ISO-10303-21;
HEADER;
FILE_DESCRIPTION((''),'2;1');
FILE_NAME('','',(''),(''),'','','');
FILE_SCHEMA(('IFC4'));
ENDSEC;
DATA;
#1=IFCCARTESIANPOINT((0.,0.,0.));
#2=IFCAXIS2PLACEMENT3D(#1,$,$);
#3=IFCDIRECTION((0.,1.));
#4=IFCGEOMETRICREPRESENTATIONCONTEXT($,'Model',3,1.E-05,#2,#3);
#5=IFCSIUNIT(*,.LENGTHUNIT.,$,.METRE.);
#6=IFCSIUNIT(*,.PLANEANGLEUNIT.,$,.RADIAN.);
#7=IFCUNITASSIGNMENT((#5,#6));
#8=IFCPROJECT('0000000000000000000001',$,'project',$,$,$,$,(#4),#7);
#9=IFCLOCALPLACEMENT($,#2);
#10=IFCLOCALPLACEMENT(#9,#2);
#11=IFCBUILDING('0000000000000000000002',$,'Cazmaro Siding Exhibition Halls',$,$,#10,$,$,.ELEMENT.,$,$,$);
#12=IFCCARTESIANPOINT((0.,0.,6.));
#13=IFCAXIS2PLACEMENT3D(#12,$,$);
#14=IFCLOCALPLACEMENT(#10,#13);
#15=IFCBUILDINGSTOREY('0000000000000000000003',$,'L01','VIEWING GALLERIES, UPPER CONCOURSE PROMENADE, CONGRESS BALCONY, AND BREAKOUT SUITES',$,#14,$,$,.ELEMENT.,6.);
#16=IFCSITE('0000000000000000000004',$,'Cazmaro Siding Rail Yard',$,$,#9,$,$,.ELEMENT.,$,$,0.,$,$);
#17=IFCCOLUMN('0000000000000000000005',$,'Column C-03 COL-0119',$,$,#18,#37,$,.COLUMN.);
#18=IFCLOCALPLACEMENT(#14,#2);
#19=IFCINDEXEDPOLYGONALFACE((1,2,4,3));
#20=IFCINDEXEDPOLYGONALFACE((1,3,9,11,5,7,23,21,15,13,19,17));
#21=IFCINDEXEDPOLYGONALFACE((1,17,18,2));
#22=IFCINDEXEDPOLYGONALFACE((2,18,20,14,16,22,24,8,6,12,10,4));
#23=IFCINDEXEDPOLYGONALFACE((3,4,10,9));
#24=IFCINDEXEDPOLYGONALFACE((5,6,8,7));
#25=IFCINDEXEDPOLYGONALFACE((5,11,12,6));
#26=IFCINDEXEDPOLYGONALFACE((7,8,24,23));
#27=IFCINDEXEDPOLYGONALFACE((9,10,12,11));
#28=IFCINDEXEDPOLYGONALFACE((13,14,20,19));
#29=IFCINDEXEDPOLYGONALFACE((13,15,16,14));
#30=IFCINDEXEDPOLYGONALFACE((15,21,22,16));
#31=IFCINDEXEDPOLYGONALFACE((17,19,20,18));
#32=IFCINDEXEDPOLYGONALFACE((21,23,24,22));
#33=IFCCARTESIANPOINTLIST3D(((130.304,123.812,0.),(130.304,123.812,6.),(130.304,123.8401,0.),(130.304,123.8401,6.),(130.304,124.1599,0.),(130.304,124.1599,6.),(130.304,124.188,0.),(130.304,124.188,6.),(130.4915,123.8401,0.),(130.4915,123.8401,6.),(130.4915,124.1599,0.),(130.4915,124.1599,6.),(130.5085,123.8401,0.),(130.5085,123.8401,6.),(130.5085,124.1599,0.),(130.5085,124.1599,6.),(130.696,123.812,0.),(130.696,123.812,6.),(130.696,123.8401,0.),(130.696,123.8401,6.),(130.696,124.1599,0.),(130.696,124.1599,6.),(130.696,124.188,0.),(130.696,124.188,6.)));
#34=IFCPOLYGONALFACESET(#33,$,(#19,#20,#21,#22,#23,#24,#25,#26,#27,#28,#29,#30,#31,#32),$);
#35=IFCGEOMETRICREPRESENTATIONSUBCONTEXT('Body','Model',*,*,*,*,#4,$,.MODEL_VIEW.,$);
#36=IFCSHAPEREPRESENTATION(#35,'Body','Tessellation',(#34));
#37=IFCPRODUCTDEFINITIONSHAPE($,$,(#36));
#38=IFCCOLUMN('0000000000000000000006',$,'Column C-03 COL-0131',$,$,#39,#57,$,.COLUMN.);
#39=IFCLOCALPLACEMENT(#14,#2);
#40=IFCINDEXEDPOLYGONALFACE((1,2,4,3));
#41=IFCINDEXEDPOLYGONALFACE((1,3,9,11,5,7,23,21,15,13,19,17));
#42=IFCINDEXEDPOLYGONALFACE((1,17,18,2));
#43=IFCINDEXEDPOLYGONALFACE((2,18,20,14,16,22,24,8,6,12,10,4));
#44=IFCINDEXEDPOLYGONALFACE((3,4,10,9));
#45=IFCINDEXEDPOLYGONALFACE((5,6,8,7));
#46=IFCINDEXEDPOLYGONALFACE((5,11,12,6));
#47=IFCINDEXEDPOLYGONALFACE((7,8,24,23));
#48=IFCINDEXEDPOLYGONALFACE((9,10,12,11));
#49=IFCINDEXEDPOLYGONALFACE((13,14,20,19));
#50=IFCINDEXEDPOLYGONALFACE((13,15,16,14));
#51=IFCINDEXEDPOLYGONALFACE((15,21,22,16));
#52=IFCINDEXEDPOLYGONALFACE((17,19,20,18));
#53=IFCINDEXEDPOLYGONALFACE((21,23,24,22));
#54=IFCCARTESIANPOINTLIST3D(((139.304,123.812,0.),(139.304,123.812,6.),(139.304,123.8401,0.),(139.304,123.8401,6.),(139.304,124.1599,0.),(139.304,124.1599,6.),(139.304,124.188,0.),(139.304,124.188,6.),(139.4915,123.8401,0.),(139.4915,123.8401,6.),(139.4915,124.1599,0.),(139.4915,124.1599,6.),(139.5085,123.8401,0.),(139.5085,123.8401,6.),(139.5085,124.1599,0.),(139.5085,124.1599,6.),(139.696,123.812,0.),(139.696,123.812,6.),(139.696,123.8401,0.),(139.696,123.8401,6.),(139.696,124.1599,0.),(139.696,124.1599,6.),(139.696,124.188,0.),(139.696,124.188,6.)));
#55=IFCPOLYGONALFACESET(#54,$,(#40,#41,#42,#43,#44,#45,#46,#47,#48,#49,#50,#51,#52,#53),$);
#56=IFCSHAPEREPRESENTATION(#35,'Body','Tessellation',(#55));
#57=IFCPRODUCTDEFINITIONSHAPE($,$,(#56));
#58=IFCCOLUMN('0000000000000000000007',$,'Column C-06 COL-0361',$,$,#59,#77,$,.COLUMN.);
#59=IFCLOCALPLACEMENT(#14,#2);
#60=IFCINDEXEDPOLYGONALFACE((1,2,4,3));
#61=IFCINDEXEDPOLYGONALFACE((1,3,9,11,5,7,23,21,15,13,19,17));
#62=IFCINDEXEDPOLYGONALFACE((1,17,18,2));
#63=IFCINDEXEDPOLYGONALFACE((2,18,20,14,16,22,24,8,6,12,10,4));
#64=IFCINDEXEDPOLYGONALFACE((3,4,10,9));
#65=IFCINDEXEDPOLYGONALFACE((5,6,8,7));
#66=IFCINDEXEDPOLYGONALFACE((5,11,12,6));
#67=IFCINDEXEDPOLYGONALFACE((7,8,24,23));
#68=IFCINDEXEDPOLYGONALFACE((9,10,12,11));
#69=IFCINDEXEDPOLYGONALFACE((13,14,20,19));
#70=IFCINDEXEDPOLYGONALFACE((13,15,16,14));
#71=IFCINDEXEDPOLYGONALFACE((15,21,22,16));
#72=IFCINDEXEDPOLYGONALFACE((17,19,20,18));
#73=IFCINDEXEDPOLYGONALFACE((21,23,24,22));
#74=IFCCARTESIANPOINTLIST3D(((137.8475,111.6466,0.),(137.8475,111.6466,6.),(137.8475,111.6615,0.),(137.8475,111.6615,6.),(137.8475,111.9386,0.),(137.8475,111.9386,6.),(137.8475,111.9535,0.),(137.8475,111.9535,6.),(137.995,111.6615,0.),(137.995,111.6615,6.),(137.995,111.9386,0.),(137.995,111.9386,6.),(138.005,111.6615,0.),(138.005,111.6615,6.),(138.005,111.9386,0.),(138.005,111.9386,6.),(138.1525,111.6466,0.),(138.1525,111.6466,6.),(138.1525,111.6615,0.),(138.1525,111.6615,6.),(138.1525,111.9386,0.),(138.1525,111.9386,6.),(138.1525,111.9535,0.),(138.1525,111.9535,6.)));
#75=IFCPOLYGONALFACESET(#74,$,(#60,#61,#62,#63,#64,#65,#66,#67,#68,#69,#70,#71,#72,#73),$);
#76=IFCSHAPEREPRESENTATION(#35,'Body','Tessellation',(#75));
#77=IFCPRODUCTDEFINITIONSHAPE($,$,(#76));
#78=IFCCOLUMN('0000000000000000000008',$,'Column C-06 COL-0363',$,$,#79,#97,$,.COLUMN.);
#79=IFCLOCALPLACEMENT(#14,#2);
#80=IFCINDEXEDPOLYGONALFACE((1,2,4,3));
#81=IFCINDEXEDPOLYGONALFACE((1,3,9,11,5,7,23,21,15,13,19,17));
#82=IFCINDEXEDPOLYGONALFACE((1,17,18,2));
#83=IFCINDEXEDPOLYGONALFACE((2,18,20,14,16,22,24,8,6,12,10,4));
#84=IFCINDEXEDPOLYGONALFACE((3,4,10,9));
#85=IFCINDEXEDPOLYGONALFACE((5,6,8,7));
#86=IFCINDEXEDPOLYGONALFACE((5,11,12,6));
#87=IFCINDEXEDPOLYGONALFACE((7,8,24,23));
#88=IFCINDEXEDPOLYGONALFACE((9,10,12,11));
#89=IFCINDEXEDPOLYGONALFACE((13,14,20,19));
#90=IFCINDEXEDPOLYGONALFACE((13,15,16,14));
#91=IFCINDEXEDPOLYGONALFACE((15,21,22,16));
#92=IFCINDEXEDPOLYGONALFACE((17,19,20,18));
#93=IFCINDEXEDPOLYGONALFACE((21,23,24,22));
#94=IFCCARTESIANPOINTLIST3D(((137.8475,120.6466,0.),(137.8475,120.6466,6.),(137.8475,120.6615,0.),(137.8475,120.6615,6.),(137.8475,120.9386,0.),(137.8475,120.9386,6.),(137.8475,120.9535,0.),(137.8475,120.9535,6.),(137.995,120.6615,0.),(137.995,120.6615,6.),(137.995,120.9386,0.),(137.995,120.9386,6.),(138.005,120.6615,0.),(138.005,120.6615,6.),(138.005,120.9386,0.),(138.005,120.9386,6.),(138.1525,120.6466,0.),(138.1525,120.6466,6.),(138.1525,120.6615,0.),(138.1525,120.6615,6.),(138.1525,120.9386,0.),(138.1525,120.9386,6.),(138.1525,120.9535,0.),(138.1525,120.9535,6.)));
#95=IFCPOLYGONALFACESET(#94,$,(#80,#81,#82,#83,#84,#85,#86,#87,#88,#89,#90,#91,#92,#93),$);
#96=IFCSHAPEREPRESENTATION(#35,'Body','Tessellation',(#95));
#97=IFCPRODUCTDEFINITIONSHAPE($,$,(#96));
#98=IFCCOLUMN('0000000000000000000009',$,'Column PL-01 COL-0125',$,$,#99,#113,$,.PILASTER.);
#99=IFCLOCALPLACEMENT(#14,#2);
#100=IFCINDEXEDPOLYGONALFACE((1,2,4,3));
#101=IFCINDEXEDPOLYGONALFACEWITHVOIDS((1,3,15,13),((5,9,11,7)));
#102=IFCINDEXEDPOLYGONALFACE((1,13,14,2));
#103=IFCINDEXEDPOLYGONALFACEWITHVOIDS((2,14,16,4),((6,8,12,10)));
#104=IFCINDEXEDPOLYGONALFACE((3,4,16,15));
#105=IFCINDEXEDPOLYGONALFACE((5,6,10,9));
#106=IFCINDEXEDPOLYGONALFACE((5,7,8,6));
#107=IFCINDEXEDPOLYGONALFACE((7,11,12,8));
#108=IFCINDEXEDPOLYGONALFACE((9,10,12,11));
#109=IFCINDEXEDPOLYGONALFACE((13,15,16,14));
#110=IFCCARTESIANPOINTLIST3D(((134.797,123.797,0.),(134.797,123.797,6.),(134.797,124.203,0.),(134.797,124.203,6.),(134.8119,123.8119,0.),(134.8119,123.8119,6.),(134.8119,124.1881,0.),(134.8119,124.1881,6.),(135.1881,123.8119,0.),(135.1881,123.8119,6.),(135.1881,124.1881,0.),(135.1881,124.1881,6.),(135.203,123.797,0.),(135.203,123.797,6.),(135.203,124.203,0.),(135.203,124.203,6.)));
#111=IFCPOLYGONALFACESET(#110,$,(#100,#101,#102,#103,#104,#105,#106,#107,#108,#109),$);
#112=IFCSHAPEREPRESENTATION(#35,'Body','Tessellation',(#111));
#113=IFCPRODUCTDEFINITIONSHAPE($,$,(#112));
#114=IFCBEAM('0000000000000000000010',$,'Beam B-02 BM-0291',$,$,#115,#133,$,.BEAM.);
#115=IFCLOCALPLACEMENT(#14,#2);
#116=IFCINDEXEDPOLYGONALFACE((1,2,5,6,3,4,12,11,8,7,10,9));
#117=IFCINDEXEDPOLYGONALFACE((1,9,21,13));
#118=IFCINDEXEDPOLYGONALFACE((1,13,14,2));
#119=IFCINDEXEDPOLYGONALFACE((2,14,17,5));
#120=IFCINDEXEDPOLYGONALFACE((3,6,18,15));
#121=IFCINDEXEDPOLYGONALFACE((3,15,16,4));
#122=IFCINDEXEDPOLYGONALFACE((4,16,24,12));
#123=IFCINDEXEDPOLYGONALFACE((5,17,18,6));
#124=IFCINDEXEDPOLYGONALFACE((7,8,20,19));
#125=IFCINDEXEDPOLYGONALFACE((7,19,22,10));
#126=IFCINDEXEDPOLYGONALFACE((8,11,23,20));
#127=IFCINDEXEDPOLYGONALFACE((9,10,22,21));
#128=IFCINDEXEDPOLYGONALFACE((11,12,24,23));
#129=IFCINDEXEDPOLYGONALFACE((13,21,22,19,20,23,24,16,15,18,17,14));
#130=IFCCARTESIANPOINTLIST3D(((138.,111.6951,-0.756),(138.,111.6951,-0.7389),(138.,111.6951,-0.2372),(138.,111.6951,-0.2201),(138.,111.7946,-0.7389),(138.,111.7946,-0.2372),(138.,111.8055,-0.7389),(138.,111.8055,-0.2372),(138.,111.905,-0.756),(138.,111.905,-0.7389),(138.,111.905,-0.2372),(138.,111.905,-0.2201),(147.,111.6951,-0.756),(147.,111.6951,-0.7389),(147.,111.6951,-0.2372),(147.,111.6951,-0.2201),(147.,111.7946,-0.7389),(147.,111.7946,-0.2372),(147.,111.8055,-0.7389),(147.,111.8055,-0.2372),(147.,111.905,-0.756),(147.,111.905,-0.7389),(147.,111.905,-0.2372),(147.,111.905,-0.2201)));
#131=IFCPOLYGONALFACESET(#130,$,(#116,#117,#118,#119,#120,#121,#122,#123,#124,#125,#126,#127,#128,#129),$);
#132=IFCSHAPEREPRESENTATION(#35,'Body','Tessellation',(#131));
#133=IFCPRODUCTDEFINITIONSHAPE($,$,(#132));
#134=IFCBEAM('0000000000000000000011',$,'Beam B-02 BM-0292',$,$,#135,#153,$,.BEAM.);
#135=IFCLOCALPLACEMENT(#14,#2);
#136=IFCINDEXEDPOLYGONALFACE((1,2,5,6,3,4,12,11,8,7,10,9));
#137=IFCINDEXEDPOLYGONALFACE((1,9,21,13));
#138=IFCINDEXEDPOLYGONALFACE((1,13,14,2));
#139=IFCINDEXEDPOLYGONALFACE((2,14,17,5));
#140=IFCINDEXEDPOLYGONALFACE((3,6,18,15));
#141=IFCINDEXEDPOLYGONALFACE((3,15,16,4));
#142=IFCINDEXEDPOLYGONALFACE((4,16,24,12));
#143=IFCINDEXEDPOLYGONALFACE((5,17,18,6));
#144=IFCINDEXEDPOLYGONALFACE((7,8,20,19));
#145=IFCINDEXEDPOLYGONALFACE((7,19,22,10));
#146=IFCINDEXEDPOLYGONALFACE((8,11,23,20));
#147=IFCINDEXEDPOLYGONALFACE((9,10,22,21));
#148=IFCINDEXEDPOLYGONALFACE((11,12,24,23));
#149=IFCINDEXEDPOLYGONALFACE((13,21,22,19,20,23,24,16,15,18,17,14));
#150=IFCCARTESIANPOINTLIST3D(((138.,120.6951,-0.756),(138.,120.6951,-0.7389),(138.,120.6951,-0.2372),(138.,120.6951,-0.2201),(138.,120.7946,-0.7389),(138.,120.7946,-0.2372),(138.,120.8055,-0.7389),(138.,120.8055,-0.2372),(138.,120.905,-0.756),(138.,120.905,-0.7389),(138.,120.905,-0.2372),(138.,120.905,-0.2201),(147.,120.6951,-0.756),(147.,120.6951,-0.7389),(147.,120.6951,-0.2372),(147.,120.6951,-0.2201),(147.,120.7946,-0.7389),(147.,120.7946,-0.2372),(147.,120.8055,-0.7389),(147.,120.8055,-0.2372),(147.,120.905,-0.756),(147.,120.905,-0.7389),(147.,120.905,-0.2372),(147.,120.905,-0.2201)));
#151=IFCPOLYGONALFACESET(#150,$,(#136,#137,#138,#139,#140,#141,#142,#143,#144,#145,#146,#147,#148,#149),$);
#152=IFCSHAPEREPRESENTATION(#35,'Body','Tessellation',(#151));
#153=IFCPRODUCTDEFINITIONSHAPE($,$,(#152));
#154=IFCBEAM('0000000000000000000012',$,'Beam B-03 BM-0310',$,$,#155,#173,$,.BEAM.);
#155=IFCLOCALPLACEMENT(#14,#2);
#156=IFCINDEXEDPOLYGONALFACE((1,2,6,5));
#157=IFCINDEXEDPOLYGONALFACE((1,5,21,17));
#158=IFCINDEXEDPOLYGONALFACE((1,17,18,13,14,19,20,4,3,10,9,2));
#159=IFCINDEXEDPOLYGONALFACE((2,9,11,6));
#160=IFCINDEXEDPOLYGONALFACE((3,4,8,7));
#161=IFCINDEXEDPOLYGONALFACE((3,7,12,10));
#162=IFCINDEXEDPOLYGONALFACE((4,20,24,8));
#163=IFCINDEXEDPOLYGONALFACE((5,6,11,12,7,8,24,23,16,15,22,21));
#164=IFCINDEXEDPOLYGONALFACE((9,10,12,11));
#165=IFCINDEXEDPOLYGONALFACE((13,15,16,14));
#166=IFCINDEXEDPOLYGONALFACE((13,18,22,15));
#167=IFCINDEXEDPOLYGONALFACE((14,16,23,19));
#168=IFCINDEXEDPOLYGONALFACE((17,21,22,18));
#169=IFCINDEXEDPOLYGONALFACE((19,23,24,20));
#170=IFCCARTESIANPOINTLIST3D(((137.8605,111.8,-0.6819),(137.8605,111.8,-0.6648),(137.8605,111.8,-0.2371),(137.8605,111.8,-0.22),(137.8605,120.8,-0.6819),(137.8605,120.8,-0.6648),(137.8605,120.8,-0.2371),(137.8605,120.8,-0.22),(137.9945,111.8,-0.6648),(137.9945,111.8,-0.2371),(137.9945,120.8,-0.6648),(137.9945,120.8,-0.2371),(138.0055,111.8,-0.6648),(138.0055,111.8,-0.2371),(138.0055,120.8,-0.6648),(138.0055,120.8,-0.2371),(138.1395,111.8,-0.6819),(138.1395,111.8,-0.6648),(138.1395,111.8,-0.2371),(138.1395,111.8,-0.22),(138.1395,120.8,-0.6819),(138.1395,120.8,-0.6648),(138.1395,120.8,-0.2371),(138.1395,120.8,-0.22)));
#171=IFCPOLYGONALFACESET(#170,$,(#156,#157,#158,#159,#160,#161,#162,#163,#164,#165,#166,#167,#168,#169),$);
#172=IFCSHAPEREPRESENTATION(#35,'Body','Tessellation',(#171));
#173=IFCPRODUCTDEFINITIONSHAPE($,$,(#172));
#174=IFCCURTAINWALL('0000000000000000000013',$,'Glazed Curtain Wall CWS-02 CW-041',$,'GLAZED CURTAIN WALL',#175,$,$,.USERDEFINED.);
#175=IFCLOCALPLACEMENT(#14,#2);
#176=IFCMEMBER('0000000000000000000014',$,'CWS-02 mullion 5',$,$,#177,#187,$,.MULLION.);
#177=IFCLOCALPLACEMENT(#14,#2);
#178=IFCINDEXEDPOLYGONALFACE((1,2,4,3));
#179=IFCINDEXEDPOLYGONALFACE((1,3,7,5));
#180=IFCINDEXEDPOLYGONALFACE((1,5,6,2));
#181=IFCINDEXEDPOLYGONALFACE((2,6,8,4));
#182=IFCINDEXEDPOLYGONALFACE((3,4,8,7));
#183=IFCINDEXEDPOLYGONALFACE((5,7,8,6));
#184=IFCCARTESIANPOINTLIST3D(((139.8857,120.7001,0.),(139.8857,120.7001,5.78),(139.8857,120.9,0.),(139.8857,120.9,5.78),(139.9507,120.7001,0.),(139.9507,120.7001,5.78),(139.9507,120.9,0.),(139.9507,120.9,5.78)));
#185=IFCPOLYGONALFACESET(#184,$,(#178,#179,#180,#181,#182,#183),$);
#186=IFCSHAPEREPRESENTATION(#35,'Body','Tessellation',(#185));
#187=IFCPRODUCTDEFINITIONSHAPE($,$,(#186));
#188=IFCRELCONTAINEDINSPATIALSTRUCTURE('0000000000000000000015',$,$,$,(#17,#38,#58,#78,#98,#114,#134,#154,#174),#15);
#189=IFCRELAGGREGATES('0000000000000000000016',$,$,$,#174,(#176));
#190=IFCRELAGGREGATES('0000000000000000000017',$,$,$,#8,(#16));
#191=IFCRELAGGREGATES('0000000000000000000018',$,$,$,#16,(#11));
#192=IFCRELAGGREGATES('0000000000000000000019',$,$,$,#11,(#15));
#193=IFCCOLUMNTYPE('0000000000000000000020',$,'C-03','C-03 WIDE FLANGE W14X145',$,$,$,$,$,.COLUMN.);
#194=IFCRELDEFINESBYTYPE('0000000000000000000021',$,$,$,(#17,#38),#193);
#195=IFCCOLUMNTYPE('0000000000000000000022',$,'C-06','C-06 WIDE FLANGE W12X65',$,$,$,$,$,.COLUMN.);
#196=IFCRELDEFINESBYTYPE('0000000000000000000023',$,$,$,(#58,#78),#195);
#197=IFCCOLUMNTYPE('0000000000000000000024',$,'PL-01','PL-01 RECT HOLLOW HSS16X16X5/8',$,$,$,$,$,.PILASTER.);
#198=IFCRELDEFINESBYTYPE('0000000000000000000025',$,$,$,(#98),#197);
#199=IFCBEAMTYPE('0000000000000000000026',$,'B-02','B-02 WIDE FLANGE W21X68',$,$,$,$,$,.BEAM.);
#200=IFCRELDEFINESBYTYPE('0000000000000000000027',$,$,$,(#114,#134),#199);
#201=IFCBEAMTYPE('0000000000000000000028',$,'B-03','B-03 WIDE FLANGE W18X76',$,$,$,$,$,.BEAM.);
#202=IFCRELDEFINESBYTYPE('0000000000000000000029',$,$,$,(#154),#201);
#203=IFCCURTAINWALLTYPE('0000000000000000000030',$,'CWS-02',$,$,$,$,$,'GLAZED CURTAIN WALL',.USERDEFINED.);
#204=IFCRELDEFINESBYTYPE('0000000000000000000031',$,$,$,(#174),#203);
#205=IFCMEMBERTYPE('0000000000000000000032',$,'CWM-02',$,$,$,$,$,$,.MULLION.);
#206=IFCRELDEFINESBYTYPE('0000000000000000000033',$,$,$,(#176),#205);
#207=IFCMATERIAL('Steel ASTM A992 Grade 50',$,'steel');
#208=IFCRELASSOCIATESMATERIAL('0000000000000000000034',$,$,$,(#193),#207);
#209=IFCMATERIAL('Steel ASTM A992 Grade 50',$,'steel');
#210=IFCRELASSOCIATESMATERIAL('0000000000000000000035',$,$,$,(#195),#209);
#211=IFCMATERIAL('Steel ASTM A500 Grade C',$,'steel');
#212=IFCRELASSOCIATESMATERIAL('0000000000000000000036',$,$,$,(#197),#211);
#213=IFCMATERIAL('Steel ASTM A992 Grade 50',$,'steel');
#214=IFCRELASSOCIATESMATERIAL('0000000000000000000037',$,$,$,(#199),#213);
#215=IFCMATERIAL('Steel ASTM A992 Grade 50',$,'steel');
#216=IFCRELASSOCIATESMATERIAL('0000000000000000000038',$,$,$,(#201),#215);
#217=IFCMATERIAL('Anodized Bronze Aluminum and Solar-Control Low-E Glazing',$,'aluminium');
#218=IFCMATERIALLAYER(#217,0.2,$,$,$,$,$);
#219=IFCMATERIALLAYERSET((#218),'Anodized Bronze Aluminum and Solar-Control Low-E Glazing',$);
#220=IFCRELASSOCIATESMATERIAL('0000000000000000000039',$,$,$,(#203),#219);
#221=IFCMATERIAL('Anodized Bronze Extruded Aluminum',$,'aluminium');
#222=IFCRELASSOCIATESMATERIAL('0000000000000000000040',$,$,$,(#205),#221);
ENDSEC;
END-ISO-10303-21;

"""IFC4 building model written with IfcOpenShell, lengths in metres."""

from ifc_helpers import new_model, si_unit, direction, frame, origin, origin_2d, place, context, subcontext, project, spatial, rectangle, hollow_rectangle, i_section, extrude, material, layer, layer_set, material_profile, profile_set, type_object, element, aggregate, save


model = new_model("IFC4")

# Units and contexts
model_context = context("Model", 3, precision=1e-05, world=origin(), true_north=direction((0.0, 1.0)))
body_context = subcontext(model_context, "Body", "Model", "MODEL_VIEW")
ifc_project = project(units=[si_unit("LENGTHUNIT", "METRE"), si_unit("PLANEANGLEUNIT", "RADIAN")], contexts=[model_context])

# Site, building, storey
site_placement = place(None, origin())
site = spatial("IfcSite", under=ifc_project, at=site_placement, Name="Cazmaro Siding Rail Yard", CompositionType="ELEMENT", RefElevation=0.0)
building_placement = place(site_placement, origin())
building = spatial("IfcBuilding", under=site, at=building_placement, Name="Cazmaro Siding Exhibition Halls", CompositionType="ELEMENT")
storey_placement = place(building_placement, frame((0.0, 0.0, 6.0)))
storey = spatial("IfcBuildingStorey", under=building, at=storey_placement, Name="L01", Description="VIEWING GALLERIES, UPPER CONCOURSE PROMENADE, CONGRESS BALCONY, AND BREAKOUT SUITES", CompositionType="ELEMENT", Elevation=6.0)

# Columns
ifc_material_1 = material(Name="Steel ASTM A992 Grade 50", Category="steel")
ifc_material_profile_1 = material_profile(ifc_material_1, i_section(OverallWidth=0.3921, OverallDepth=0.376, WebThickness=0.0171, FlangeThickness=0.0281, at=origin_2d()), Name="W14X145")
ifc_profile_set_1 = profile_set([ifc_material_profile_1], Name="Steel ASTM A992 Grade 50")
column_type_1 = type_object("IfcColumnType", Name="C-03", Description="C-03 WIDE FLANGE W14X145", PredefinedType="COLUMN", material=ifc_profile_set_1)
for number, where, z_axis, x_axis, name in (
    (1, (130.5, 124.0, 0.0), (0.0, 0.0, 1.0), (1.0, 0.0, 0.0), "Column C-03 COL-0119"),
    (2, (139.5, 124.0, 0.0), (0.0, 0.0, 1.0), (1.0, 0.0, 0.0), "Column C-03 COL-0131"),
):
    element("IfcColumn", number, at=place(storey_placement, frame(where, z_axis=z_axis, x_axis=x_axis)), inside=storey, type_object=column_type_1, Name=name, PredefinedType="COLUMN", context=body_context, shape_type="SweptSolid", body=[
        extrude(i_section(OverallWidth=0.3921, OverallDepth=0.376, WebThickness=0.0171, FlangeThickness=0.0281, at=origin_2d()), origin(), (0.0, 0.0, 1.0), 6.0),
    ])
ifc_material_2 = material(Name="Steel ASTM A992 Grade 50", Category="steel")
ifc_material_profile_2 = material_profile(ifc_material_2, i_section(OverallWidth=0.3049, OverallDepth=0.3069, WebThickness=0.01, FlangeThickness=0.0149, at=origin_2d()), Name="W12X65")
ifc_profile_set_2 = profile_set([ifc_material_profile_2], Name="Steel ASTM A992 Grade 50")
column_type_2 = type_object("IfcColumnType", Name="C-06", Description="C-06 WIDE FLANGE W12X65", PredefinedType="COLUMN", material=ifc_profile_set_2)
for number, where, z_axis, x_axis, name in (
    (3, (138.0, 111.8, 0.0), (0.0, 0.0, 1.0), (1.0, 0.0, 0.0), "Column C-06 COL-0361"),
    (4, (138.0, 120.8, 0.0), (0.0, 0.0, 1.0), (1.0, 0.0, 0.0), "Column C-06 COL-0363"),
):
    element("IfcColumn", number, at=place(storey_placement, frame(where, z_axis=z_axis, x_axis=x_axis)), inside=storey, type_object=column_type_2, Name=name, PredefinedType="COLUMN", context=body_context, shape_type="SweptSolid", body=[
        extrude(i_section(OverallWidth=0.3049, OverallDepth=0.3069, WebThickness=0.01, FlangeThickness=0.0149, at=origin_2d()), origin(), (0.0, 0.0, 1.0), 6.0),
    ])
ifc_material_3 = material(Name="Steel ASTM A500 Grade C", Category="steel")
ifc_material_profile_3 = material_profile(ifc_material_3, hollow_rectangle(XDim=0.406, YDim=0.406, WallThickness=0.0149, at=origin_2d()), Name="HSS16X16X5/8")
ifc_profile_set_3 = profile_set([ifc_material_profile_3], Name="Steel ASTM A500 Grade C")
column_type_3 = type_object("IfcColumnType", Name="PL-01", Description="PL-01 RECT HOLLOW HSS16X16X5/8", PredefinedType="PILASTER", material=ifc_profile_set_3)
column_placement = place(storey_placement, frame((135.0, 124.0, 0.0), z_axis=(0.0, 0.0, 1.0), x_axis=(1.0, 0.0, 0.0)))
element("IfcColumn", 5, at=column_placement, inside=storey, type_object=column_type_3, Name="Column PL-01 COL-0125", PredefinedType="PILASTER", context=body_context, shape_type="SweptSolid", body=[
    extrude(hollow_rectangle(XDim=0.406, YDim=0.406, WallThickness=0.0149, at=origin_2d()), origin(), (0.0, 0.0, 1.0), 6.0),
])

# Beams
ifc_material_4 = material(Name="Steel ASTM A992 Grade 50", Category="steel")
ifc_material_profile_4 = material_profile(ifc_material_4, i_section(OverallWidth=0.21, OverallDepth=0.5359, WebThickness=0.011, FlangeThickness=0.0171, at=origin_2d()), Name="W21X68")
ifc_profile_set_4 = profile_set([ifc_material_profile_4], Name="Steel ASTM A992 Grade 50")
beam_type_1 = type_object("IfcBeamType", Name="B-02", Description="B-02 WIDE FLANGE W21X68", PredefinedType="BEAM", material=ifc_profile_set_4)
for number, where, z_axis, x_axis, name in (
    (6, (138.0, 111.8, -0.488), (1.0, 0.0, 0.0), (0.0, 1.0, 0.0), "Beam B-02 BM-0291"),
    (7, (138.0, 120.8, -0.488), (1.0, 0.0, 0.0), (0.0, 1.0, 0.0), "Beam B-02 BM-0292"),
):
    element("IfcBeam", number, at=place(storey_placement, frame(where, z_axis=z_axis, x_axis=x_axis)), inside=storey, type_object=beam_type_1, Name=name, PredefinedType="BEAM", context=body_context, shape_type="SweptSolid", body=[
        extrude(i_section(OverallWidth=0.21, OverallDepth=0.5359, WebThickness=0.011, FlangeThickness=0.0171, at=origin_2d()), origin(), (0.0, 0.0, 1.0), 9.0),
    ])
ifc_material_5 = material(Name="Steel ASTM A992 Grade 50", Category="steel")
ifc_material_profile_5 = material_profile(ifc_material_5, i_section(OverallWidth=0.2791, OverallDepth=0.4619, WebThickness=0.011, FlangeThickness=0.0171, at=origin_2d()), Name="W18X76")
ifc_profile_set_5 = profile_set([ifc_material_profile_5], Name="Steel ASTM A992 Grade 50")
beam_type_2 = type_object("IfcBeamType", Name="B-03", Description="B-03 WIDE FLANGE W18X76", PredefinedType="BEAM", material=ifc_profile_set_5)
beam_1_placement = place(storey_placement, frame((138.0, 111.8, -0.4509), z_axis=(0.0, 1.0, 0.0), x_axis=(-1.0, 0.0, 0.0)))
element("IfcBeam", 8, at=beam_1_placement, inside=storey, type_object=beam_type_2, Name="Beam B-03 BM-0310", PredefinedType="BEAM", context=body_context, shape_type="SweptSolid", body=[
    extrude(i_section(OverallWidth=0.2791, OverallDepth=0.4619, WebThickness=0.011, FlangeThickness=0.0171, at=origin_2d()), origin(), (0.0, 0.0, 1.0), 9.0),
])

# Curtain wall, member
ifc_material_6 = material(Name="Anodized Bronze Aluminum and Solar-Control Low-E Glazing", Category="aluminium")
ifc_layer_1 = layer(ifc_material_6, 0.2)
ifc_layer_set_1 = layer_set([ifc_layer_1], Name="Anodized Bronze Aluminum and Solar-Control Low-E Glazing")
curtain_wall_type = type_object("IfcCurtainWallType", Name="CWS-02", ElementType="GLAZED CURTAIN WALL", PredefinedType="USERDEFINED", material=ifc_layer_set_1)
curtain_wall_placement = place(storey_placement, origin())
curtain_wall = element("IfcCurtainWall", 9, at=curtain_wall_placement, inside=storey, type_object=curtain_wall_type, Name="Glazed Curtain Wall CWS-02 CW-041", ObjectType="GLAZED CURTAIN WALL", PredefinedType="USERDEFINED")
ifc_material_7 = material(Name="Anodized Bronze Extruded Aluminum", Category="aluminium")
ifc_material_profile_6 = material_profile(ifc_material_7, rectangle(XDim=0.2, YDim=0.0649, at=origin_2d()), Name="CWM-02")
ifc_profile_set_6 = profile_set([ifc_material_profile_6], Name="Anodized Bronze Extruded Aluminum")
member_type_1 = type_object("IfcMemberType", Name="CWM-02", PredefinedType="MULLION", material=ifc_profile_set_6)
member_1_placement = place(storey_placement, frame((139.9182, 120.8, 0.0), z_axis=(0.0, 0.0, 1.0), x_axis=(0.0, -1.0, 0.0)))
member_1 = element("IfcMember", 10, at=member_1_placement, type_object=member_type_1, Name="CWS-02 mullion 5", PredefinedType="MULLION", context=body_context, shape_type="SweptSolid", body=[
    extrude(rectangle(XDim=0.2, YDim=0.0649, at=origin_2d()), origin(), (0.0, 0.0, 1.0), 5.78),
])

aggregate(curtain_wall, [member_1])

save(model, "model.ifc")
